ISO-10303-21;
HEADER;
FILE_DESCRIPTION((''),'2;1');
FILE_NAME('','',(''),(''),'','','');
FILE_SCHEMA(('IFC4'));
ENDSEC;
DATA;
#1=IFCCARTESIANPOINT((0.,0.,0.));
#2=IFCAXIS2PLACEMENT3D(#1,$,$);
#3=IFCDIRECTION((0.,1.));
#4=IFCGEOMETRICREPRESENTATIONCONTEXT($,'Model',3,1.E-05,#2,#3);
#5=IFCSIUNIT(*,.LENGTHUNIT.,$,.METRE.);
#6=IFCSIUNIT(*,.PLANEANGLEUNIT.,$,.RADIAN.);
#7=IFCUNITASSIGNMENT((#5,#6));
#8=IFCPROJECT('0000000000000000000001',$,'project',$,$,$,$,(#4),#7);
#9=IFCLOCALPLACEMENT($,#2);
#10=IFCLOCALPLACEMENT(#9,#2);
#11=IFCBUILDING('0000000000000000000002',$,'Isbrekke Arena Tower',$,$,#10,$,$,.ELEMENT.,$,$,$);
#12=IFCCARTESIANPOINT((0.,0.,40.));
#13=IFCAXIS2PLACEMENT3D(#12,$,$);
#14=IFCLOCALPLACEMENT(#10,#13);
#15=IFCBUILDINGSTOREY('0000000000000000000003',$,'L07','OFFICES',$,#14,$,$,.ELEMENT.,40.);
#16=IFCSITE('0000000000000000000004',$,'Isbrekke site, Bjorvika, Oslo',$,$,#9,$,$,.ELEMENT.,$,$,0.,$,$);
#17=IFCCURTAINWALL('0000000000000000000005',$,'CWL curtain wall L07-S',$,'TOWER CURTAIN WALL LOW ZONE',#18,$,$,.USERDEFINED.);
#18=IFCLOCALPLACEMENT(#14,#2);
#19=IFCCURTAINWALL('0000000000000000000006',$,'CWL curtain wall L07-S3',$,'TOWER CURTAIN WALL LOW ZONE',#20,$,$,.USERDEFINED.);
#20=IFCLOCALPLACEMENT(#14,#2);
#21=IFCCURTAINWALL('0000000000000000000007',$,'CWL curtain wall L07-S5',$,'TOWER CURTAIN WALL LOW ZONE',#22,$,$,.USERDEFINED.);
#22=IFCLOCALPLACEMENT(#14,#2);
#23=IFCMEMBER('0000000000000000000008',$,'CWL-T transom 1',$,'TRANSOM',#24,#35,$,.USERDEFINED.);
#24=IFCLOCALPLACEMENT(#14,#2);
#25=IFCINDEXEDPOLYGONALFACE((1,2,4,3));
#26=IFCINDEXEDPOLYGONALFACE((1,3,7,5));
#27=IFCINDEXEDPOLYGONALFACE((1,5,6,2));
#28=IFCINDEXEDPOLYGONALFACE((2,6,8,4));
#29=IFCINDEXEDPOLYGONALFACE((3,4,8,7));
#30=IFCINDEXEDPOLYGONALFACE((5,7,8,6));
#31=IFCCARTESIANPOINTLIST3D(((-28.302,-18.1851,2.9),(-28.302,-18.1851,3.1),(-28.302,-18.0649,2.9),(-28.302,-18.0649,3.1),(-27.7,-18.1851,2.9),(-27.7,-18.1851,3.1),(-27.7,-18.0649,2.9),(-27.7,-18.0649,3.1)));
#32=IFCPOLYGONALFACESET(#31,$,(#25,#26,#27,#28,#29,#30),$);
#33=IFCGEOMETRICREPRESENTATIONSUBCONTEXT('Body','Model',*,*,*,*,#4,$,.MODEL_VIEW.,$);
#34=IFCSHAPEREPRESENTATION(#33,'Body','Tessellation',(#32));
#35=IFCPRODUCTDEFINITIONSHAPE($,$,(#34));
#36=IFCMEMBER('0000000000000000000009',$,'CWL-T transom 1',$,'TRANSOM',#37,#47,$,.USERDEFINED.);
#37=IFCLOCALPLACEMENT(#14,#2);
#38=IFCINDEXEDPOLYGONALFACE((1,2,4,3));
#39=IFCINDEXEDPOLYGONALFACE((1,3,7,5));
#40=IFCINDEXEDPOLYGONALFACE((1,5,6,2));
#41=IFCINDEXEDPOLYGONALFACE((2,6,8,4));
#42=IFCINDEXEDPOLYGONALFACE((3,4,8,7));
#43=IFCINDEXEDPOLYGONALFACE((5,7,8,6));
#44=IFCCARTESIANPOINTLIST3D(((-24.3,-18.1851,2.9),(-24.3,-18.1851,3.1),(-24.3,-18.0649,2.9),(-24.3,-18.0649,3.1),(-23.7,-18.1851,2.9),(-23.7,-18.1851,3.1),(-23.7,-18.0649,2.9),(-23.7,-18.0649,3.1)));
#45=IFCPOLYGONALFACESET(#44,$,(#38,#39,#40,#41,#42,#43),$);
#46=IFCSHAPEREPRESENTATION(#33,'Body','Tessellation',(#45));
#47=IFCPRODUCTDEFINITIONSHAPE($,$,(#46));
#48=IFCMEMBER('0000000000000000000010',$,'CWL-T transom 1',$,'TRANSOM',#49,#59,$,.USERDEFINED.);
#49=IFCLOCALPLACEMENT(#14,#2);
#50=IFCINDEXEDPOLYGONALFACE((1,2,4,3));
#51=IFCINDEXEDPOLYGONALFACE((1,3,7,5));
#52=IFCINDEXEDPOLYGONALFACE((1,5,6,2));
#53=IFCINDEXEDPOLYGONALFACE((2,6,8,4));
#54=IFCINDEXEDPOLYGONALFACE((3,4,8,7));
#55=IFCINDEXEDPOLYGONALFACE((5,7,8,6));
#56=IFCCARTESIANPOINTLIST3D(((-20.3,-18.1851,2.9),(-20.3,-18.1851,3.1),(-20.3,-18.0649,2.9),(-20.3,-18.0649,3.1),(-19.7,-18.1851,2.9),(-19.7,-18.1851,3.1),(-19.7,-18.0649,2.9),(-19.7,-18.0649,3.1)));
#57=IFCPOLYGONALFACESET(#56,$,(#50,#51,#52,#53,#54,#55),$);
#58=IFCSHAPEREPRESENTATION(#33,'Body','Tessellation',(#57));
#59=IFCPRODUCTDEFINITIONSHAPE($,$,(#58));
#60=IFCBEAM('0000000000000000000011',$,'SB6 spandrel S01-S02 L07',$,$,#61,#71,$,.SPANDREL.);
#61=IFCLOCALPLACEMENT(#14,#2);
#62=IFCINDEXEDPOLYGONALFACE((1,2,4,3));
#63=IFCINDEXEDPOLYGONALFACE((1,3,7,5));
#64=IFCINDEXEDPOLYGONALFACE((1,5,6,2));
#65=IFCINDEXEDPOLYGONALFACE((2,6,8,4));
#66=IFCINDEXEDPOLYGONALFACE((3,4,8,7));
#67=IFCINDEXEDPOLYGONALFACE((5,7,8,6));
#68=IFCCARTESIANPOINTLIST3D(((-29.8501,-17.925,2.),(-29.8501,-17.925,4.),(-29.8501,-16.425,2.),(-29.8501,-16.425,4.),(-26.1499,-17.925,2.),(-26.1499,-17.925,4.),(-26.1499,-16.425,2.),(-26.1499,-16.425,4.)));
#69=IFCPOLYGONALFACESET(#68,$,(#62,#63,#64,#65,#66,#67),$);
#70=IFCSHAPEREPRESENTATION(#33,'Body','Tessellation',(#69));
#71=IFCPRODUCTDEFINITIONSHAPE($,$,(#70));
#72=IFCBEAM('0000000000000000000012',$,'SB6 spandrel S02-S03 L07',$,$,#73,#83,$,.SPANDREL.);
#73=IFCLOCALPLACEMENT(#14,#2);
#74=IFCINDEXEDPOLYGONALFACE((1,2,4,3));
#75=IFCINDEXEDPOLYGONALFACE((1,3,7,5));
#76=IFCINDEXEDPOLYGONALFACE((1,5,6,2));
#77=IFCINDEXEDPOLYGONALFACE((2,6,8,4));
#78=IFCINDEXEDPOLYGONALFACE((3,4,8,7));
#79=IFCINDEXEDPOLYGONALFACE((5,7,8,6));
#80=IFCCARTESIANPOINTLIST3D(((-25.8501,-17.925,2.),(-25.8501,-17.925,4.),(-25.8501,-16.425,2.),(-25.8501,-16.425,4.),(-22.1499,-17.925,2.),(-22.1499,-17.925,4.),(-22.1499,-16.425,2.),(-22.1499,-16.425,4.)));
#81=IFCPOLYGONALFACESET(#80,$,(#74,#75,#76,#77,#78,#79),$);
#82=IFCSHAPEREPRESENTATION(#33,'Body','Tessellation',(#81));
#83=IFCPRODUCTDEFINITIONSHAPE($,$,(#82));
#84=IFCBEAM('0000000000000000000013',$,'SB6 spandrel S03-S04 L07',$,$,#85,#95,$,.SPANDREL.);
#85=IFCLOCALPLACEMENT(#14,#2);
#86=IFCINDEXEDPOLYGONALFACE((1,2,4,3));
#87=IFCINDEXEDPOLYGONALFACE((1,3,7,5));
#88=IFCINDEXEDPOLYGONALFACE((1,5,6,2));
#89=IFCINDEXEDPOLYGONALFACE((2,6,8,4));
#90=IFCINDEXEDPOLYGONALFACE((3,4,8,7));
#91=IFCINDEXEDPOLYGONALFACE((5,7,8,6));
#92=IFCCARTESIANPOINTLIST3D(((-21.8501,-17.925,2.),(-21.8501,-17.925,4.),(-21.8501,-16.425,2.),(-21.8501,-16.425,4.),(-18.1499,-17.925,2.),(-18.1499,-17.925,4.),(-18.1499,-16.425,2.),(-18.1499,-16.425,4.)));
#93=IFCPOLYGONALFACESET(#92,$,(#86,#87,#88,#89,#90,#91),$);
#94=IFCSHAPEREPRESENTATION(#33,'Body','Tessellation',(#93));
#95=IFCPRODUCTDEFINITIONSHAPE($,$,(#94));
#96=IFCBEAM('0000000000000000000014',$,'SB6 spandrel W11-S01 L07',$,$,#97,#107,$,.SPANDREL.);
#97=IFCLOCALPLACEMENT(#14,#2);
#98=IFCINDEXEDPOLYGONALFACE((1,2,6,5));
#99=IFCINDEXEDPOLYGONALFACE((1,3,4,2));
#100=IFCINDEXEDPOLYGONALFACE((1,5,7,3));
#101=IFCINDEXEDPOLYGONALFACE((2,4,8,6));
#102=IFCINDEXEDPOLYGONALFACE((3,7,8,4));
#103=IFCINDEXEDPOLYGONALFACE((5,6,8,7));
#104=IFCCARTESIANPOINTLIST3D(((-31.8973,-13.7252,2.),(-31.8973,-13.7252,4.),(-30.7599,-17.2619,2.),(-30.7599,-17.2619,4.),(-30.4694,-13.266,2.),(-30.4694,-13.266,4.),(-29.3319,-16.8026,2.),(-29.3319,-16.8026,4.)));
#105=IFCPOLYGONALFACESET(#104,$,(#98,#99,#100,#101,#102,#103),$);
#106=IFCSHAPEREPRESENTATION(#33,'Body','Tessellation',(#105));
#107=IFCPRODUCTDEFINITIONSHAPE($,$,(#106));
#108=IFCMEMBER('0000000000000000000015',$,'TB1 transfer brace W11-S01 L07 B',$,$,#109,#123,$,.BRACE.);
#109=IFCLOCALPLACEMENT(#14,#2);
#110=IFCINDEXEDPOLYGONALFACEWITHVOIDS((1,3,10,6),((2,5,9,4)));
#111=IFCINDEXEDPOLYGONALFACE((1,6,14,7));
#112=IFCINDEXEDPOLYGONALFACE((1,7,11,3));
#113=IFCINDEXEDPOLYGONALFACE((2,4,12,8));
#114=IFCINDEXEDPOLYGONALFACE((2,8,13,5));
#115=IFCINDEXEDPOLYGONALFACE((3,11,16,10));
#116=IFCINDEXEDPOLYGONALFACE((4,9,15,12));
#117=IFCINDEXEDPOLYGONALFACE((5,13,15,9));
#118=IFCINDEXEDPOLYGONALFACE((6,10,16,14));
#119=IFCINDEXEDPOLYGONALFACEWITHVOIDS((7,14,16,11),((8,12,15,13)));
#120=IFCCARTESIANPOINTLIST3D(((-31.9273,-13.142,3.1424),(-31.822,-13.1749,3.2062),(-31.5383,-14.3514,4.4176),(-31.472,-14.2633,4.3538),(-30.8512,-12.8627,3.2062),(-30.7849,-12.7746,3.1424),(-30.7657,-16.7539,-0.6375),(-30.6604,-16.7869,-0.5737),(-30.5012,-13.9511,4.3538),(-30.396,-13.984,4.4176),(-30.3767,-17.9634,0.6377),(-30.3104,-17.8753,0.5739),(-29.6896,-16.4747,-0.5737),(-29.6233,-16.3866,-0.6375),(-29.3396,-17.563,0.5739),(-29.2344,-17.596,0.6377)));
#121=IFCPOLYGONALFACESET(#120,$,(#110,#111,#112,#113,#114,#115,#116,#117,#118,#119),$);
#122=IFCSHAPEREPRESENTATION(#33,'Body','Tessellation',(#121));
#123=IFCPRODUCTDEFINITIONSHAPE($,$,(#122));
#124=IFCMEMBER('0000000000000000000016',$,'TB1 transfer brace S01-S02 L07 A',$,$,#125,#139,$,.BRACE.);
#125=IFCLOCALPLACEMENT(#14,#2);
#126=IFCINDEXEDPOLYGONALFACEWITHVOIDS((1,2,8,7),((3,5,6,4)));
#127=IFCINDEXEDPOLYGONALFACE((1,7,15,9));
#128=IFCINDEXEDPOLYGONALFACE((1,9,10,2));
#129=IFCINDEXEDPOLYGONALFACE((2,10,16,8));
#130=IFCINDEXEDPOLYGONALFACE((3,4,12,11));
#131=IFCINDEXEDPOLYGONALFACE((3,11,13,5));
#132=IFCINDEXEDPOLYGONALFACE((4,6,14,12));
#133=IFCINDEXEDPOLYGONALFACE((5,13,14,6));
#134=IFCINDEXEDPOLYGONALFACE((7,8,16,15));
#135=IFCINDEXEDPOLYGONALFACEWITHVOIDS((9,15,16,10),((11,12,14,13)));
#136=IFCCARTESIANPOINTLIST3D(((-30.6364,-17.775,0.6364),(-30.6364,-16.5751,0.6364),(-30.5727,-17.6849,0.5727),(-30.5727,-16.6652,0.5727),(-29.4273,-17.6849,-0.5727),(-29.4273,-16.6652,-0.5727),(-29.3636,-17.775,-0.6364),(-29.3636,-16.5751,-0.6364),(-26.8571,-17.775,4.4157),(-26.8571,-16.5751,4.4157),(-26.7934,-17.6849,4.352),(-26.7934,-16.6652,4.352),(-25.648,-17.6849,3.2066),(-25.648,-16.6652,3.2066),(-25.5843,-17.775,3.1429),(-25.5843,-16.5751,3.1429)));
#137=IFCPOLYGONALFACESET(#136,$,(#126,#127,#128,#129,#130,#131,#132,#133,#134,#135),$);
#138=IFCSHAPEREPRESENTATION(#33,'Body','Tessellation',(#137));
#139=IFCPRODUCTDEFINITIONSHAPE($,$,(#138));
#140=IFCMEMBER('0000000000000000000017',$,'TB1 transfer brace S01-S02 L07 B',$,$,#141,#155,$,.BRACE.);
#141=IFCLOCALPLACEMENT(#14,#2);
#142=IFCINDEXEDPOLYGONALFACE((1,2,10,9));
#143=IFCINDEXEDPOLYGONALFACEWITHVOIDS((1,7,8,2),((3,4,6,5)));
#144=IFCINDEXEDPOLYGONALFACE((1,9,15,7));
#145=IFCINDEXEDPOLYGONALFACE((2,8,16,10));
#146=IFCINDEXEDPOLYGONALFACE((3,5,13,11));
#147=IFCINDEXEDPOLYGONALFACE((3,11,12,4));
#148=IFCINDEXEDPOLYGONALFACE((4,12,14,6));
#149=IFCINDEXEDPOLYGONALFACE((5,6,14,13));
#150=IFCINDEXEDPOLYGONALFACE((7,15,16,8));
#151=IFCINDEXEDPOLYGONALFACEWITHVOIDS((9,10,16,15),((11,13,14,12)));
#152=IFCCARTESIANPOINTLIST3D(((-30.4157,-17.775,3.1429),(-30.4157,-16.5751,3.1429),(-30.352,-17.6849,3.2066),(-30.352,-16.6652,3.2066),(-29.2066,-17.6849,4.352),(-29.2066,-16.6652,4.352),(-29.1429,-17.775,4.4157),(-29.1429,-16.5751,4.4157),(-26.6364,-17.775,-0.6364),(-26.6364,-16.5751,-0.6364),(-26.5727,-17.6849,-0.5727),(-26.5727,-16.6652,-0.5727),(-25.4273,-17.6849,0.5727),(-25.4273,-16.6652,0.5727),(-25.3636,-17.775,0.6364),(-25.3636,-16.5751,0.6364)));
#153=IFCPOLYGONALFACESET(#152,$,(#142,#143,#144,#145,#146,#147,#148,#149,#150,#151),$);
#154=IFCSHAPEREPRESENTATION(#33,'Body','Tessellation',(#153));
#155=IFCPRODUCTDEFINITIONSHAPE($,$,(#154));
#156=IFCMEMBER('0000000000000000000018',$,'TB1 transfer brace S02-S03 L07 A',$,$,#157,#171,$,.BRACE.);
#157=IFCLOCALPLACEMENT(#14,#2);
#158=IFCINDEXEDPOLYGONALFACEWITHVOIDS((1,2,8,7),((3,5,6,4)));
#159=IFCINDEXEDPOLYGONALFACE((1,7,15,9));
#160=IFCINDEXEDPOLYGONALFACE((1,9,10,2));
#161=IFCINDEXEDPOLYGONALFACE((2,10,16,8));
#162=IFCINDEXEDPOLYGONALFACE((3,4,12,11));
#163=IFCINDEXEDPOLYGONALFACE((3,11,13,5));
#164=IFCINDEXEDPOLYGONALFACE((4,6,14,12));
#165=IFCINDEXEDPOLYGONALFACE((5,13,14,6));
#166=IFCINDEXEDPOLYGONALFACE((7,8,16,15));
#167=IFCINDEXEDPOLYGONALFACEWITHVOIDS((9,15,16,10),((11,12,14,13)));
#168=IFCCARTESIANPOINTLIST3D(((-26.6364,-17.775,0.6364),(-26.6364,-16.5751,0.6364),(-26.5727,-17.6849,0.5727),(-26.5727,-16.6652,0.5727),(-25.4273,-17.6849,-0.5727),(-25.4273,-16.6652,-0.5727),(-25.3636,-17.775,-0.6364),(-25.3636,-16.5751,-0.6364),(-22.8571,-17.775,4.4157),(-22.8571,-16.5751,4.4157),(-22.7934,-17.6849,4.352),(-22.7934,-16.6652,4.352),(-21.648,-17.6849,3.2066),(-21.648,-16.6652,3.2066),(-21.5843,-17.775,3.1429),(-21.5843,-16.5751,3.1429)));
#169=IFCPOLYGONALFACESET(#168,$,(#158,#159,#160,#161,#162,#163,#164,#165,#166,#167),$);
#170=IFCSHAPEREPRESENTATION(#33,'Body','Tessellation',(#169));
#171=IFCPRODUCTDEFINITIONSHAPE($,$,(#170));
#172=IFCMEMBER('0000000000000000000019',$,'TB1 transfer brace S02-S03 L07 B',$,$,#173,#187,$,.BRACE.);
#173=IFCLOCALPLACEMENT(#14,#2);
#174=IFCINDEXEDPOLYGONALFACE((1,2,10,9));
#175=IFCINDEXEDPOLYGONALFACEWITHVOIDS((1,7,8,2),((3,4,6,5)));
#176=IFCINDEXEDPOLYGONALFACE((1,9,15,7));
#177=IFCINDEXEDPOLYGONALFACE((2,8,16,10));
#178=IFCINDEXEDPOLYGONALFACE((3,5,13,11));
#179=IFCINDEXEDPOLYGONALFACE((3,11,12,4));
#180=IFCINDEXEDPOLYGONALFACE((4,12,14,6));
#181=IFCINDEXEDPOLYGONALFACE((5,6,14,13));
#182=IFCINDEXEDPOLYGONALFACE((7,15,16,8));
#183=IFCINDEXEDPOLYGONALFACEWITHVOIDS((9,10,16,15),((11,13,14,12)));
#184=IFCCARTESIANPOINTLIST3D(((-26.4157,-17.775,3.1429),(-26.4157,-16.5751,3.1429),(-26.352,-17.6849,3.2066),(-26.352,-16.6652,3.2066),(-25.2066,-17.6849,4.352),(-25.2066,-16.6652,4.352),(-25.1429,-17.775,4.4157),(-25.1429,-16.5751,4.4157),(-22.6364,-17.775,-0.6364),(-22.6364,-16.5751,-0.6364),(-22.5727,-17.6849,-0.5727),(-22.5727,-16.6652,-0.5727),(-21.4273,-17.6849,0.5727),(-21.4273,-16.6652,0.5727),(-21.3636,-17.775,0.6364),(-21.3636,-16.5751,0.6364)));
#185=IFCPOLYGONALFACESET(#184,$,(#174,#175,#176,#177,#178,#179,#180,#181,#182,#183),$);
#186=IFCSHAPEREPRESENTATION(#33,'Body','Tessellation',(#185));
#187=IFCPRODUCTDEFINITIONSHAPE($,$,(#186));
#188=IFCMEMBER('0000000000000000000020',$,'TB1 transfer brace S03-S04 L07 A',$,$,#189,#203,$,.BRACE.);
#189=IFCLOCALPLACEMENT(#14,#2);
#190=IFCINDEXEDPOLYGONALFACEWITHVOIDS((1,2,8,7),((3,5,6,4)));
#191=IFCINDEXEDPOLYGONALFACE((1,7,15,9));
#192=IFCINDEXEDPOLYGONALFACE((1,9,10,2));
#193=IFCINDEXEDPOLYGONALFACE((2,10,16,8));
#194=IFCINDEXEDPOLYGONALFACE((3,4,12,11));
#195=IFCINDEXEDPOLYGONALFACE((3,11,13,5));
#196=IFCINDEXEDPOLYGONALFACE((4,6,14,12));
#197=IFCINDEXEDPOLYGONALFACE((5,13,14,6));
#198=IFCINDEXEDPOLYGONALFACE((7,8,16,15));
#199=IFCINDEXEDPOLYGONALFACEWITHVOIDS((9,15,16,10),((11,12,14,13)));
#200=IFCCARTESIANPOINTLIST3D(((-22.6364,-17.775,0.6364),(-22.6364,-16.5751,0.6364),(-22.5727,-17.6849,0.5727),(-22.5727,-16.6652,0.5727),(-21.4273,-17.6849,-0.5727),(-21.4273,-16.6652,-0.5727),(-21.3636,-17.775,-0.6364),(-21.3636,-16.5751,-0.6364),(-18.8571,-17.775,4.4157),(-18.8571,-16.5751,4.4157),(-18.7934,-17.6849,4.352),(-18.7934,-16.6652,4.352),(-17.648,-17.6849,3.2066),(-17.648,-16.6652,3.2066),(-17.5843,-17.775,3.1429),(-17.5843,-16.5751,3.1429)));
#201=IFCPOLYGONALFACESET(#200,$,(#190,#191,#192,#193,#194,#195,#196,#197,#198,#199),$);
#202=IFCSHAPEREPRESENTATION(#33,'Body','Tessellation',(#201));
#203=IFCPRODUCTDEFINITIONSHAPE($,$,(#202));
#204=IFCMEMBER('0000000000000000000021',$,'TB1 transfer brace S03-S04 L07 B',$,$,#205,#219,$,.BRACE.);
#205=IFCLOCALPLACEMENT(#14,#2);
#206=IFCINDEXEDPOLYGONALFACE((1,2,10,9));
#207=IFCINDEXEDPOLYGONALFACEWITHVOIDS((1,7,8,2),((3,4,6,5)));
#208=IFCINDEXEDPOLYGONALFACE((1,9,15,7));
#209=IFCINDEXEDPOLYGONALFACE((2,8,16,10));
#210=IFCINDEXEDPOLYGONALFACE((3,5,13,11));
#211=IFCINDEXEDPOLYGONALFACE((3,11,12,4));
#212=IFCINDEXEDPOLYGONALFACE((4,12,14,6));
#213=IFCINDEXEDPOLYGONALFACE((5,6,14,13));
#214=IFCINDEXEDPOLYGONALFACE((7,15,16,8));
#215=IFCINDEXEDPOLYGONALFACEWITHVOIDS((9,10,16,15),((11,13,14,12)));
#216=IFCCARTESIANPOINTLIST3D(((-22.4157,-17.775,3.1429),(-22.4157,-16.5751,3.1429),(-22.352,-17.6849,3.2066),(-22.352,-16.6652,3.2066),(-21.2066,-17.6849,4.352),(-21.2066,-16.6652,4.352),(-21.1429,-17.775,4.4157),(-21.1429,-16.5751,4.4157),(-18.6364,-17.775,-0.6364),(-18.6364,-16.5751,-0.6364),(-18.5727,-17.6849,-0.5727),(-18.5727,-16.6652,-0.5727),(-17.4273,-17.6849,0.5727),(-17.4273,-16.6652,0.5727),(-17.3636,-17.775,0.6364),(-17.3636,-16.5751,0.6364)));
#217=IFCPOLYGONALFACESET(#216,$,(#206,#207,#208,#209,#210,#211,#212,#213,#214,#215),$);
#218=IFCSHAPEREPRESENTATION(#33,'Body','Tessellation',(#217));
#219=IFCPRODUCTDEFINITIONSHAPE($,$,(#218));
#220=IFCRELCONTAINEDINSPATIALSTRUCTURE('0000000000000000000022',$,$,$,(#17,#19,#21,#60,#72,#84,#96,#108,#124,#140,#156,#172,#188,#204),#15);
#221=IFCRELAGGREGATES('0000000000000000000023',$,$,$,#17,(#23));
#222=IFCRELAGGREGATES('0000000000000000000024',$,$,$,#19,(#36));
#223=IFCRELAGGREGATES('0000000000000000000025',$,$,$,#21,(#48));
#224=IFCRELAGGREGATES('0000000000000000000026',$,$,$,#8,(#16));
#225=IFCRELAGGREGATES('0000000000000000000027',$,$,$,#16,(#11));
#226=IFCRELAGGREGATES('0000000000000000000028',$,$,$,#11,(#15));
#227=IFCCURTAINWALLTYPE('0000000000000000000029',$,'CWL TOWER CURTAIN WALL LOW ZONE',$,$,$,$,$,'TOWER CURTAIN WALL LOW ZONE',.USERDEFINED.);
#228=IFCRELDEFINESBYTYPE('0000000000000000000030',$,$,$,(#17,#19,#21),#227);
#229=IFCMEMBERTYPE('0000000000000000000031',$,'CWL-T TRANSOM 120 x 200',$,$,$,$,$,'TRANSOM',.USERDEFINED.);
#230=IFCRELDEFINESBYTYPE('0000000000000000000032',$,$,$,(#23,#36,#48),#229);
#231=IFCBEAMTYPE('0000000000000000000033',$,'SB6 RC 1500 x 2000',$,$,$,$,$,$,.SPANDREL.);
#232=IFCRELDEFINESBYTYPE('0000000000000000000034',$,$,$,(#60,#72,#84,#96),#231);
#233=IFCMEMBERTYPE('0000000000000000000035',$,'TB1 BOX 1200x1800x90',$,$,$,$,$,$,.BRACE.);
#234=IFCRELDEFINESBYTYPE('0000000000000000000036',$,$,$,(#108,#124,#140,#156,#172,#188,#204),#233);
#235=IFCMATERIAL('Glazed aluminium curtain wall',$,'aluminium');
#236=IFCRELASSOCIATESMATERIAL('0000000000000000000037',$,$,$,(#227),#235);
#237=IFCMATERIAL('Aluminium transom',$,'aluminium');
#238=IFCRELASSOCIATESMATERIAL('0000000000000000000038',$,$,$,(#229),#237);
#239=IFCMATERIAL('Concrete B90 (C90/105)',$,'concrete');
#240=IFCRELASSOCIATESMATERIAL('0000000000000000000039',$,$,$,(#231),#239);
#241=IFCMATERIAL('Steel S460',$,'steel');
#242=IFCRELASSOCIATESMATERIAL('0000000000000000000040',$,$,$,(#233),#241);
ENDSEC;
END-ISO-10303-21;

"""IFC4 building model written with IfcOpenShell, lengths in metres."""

from ifc_helpers import new_model, si_unit, direction, frame, origin, origin_2d, place, context, subcontext, project, spatial, rectangle, hollow_rectangle, extrude, material, material_profile, profile_set, type_object, element, aggregate, save


model = new_model("IFC4")

# Units and contexts
model_context = context("Model", 3, precision=1e-05, world=origin(), true_north=direction((0.0, 1.0)))
body_context = subcontext(model_context, "Body", "Model", "MODEL_VIEW")
ifc_project = project(units=[si_unit("LENGTHUNIT", "METRE"), si_unit("PLANEANGLEUNIT", "RADIAN")], contexts=[model_context])

# Site, building, storey
site_placement = place(None, origin())
site = spatial("IfcSite", under=ifc_project, at=site_placement, Name="Isbrekke site, Bjorvika, Oslo", CompositionType="ELEMENT", RefElevation=0.0)
building_placement = place(site_placement, origin())
building = spatial("IfcBuilding", under=site, at=building_placement, Name="Isbrekke Arena Tower", CompositionType="ELEMENT")
storey_placement = place(building_placement, frame((0.0, 0.0, 40.0)))
storey = spatial("IfcBuildingStorey", under=building, at=storey_placement, Name="L07", Description="OFFICES", CompositionType="ELEMENT", Elevation=40.0)

# Curtain walls
ifc_material_1 = material(Name="Glazed aluminium curtain wall", Category="aluminium")
curtain_wall_type = type_object("IfcCurtainWallType", Name="CWL TOWER CURTAIN WALL LOW ZONE", ElementType="TOWER CURTAIN WALL LOW ZONE", PredefinedType="USERDEFINED", material=ifc_material_1)
curtain_wall_1_placement = place(storey_placement, origin())
curtain_wall_1 = element("IfcCurtainWall", 1, at=curtain_wall_1_placement, inside=storey, type_object=curtain_wall_type, Name="CWL curtain wall L07-S", ObjectType="TOWER CURTAIN WALL LOW ZONE", PredefinedType="USERDEFINED")
curtain_wall_2_placement = place(storey_placement, origin())
curtain_wall_2 = element("IfcCurtainWall", 2, at=curtain_wall_2_placement, inside=storey, type_object=curtain_wall_type, Name="CWL curtain wall L07-S3", ObjectType="TOWER CURTAIN WALL LOW ZONE", PredefinedType="USERDEFINED")

# Curtain wall
curtain_wall_3_placement = place(storey_placement, origin())
curtain_wall_3 = element("IfcCurtainWall", 3, at=curtain_wall_3_placement, inside=storey, type_object=curtain_wall_type, Name="CWL curtain wall L07-S5", ObjectType="TOWER CURTAIN WALL LOW ZONE", PredefinedType="USERDEFINED")

# Members
ifc_material_2 = material(Name="Aluminium transom", Category="aluminium")
ifc_material_profile_1 = material_profile(ifc_material_2, rectangle(XDim=0.1201, YDim=0.2, at=origin_2d()), Name="TRANSOM 120X200")
ifc_profile_set_1 = profile_set([ifc_material_profile_1], Name="Aluminium transom")
member_type_1 = type_object("IfcMemberType", Name="CWL-T TRANSOM 120 x 200", ElementType="TRANSOM", PredefinedType="USERDEFINED", material=ifc_profile_set_1)
member_1_placement = place(storey_placement, frame((-28.302, -18.125, 3.0), z_axis=(1.0, 0.0, 0.0), x_axis=(0.0, 1.0, 0.0)))
member_1 = element("IfcMember", 4, at=member_1_placement, type_object=member_type_1, Name="CWL-T transom 1", ObjectType="TRANSOM", PredefinedType="USERDEFINED", context=body_context, shape_type="SweptSolid", body=[
    extrude(rectangle(XDim=0.1201, YDim=0.2, at=origin_2d()), origin(), (0.0, 0.0, 1.0), 0.6021),
])
member_2_placement = place(storey_placement, frame((-24.3, -18.125, 3.0), z_axis=(1.0, 0.0, 0.0), x_axis=(0.0, 1.0, 0.0)))
member_2 = element("IfcMember", 5, at=member_2_placement, type_object=member_type_1, Name="CWL-T transom 1", ObjectType="TRANSOM", PredefinedType="USERDEFINED", context=body_context, shape_type="SweptSolid", body=[
    extrude(rectangle(XDim=0.1201, YDim=0.2, at=origin_2d()), origin(), (0.0, 0.0, 1.0), 0.6001),
])
member_3_placement = place(storey_placement, frame((-20.3, -18.125, 3.0), z_axis=(1.0, 0.0, 0.0), x_axis=(0.0, 1.0, 0.0)))
member_3 = element("IfcMember", 6, at=member_3_placement, type_object=member_type_1, Name="CWL-T transom 1", ObjectType="TRANSOM", PredefinedType="USERDEFINED", context=body_context, shape_type="SweptSolid", body=[
    extrude(rectangle(XDim=0.1201, YDim=0.2, at=origin_2d()), origin(), (0.0, 0.0, 1.0), 0.6001),
])

# Beams
ifc_material_3 = material(Name="Concrete B90 (C90/105)", Category="concrete")
ifc_material_profile_2 = material_profile(ifc_material_3, rectangle(XDim=1.5, YDim=2.0, at=origin_2d()), Name="RC 1500x2000")
ifc_profile_set_2 = profile_set([ifc_material_profile_2], Name="Concrete B90 (C90/105)")
beam_type_1 = type_object("IfcBeamType", Name="SB6 RC 1500 x 2000", PredefinedType="SPANDREL", material=ifc_profile_set_2)
for number, where, z_axis, x_axis, name in (
    (7, (-29.8501, -17.175, 3.0), (1.0, 0.0, 0.0), (0.0, 1.0, 0.0), "SB6 spandrel S01-S02 L07"),
    (8, (-25.8501, -17.175, 3.0), (1.0, 0.0, 0.0), (0.0, 1.0, 0.0), "SB6 spandrel S02-S03 L07"),
    (9, (-21.8501, -17.175, 3.0), (1.0, 0.0, 0.0), (0.0, 1.0, 0.0), "SB6 spandrel S03-S04 L07"),
):
    element("IfcBeam", number, at=place(storey_placement, frame(where, z_axis=z_axis, x_axis=x_axis)), inside=storey, type_object=beam_type_1, Name=name, PredefinedType="SPANDREL", context=body_context, shape_type="SweptSolid", body=[
        extrude(rectangle(XDim=1.5, YDim=2.0, at=origin_2d()), origin(), (0.0, 0.0, 1.0), 3.7002),
    ])
beam_placement = place(storey_placement, frame((-31.1833, -13.4956, 3.0), z_axis=(0.306175, -0.951975, 0.0), x_axis=(0.951975, 0.306175, 0.0)))
element("IfcBeam", 10, at=beam_placement, inside=storey, type_object=beam_type_1, Name="SB6 spandrel W11-S01 L07", PredefinedType="SPANDREL", context=body_context, shape_type="SweptSolid", body=[
    extrude(rectangle(XDim=1.5, YDim=2.0, at=origin_2d()), origin(), (0.0, 0.0, 1.0), 3.7151),
])

# Members
ifc_material_4 = material(Name="Steel S460", Category="steel")
ifc_material_profile_3 = material_profile(ifc_material_4, hollow_rectangle(XDim=1.2, YDim=1.8, WallThickness=0.0901, at=origin_2d()), Name="BOX 1200x1800x90")
ifc_profile_set_3 = profile_set([ifc_material_profile_3], Name="Steel S460")
member_type_2 = type_object("IfcMemberType", Name="TB1 BOX 1200x1800x90", PredefinedType="BRACE", material=ifc_profile_set_3)
member_4_placement = place(storey_placement, frame((-31.1616, -13.563, 3.78), z_axis=(0.216889, -0.674416, -0.705778), x_axis=(0.951982, 0.306153, 0.0)))
element("IfcMember", 11, at=member_4_placement, inside=storey, type_object=member_type_2, Name="TB1 transfer brace W11-S01 L07 B", PredefinedType="BRACE", context=body_context, shape_type="SweptSolid", body=[
    extrude(hollow_rectangle(XDim=1.2, YDim=1.8, WallThickness=0.0901, at=origin_2d()), origin(), (0.0, 0.0, 1.0), 5.3557),
])
for number, where, z_axis, x_axis, name in (
    (12, (-30.0, -17.175, 0.0), (0.707107, 0.0, 0.707107), (0.0, 1.0, 0.0), "TB1 transfer brace S01-S02 L07 A"),
    (13, (-29.7793, -17.175, 3.7793), (0.707107, 0.0, -0.707107), (0.0, 1.0, 0.0), "TB1 transfer brace S01-S02 L07 B"),
    (14, (-26.0, -17.175, 0.0), (0.707107, 0.0, 0.707107), (0.0, 1.0, 0.0), "TB1 transfer brace S02-S03 L07 A"),
    (15, (-25.7793, -17.175, 3.7793), (0.707107, 0.0, -0.707107), (0.0, 1.0, 0.0), "TB1 transfer brace S02-S03 L07 B"),
    (16, (-22.0, -17.175, 0.0), (0.707107, 0.0, 0.707107), (0.0, 1.0, 0.0), "TB1 transfer brace S03-S04 L07 A"),
    (17, (-21.7793, -17.175, 3.7793), (0.707107, 0.0, -0.707107), (0.0, 1.0, 0.0), "TB1 transfer brace S03-S04 L07 B"),
):
    element("IfcMember", number, at=place(storey_placement, frame(where, z_axis=z_axis, x_axis=x_axis)), inside=storey, type_object=member_type_2, Name=name, PredefinedType="BRACE", context=body_context, shape_type="SweptSolid", body=[
        extrude(hollow_rectangle(XDim=1.2, YDim=1.8, WallThickness=0.0901, at=origin_2d()), origin(), (0.0, 0.0, 1.0), 5.3447),
    ])

aggregate(curtain_wall_1, [member_1])
aggregate(curtain_wall_2, [member_2])
aggregate(curtain_wall_3, [member_3])

save(model, "model.ifc")
